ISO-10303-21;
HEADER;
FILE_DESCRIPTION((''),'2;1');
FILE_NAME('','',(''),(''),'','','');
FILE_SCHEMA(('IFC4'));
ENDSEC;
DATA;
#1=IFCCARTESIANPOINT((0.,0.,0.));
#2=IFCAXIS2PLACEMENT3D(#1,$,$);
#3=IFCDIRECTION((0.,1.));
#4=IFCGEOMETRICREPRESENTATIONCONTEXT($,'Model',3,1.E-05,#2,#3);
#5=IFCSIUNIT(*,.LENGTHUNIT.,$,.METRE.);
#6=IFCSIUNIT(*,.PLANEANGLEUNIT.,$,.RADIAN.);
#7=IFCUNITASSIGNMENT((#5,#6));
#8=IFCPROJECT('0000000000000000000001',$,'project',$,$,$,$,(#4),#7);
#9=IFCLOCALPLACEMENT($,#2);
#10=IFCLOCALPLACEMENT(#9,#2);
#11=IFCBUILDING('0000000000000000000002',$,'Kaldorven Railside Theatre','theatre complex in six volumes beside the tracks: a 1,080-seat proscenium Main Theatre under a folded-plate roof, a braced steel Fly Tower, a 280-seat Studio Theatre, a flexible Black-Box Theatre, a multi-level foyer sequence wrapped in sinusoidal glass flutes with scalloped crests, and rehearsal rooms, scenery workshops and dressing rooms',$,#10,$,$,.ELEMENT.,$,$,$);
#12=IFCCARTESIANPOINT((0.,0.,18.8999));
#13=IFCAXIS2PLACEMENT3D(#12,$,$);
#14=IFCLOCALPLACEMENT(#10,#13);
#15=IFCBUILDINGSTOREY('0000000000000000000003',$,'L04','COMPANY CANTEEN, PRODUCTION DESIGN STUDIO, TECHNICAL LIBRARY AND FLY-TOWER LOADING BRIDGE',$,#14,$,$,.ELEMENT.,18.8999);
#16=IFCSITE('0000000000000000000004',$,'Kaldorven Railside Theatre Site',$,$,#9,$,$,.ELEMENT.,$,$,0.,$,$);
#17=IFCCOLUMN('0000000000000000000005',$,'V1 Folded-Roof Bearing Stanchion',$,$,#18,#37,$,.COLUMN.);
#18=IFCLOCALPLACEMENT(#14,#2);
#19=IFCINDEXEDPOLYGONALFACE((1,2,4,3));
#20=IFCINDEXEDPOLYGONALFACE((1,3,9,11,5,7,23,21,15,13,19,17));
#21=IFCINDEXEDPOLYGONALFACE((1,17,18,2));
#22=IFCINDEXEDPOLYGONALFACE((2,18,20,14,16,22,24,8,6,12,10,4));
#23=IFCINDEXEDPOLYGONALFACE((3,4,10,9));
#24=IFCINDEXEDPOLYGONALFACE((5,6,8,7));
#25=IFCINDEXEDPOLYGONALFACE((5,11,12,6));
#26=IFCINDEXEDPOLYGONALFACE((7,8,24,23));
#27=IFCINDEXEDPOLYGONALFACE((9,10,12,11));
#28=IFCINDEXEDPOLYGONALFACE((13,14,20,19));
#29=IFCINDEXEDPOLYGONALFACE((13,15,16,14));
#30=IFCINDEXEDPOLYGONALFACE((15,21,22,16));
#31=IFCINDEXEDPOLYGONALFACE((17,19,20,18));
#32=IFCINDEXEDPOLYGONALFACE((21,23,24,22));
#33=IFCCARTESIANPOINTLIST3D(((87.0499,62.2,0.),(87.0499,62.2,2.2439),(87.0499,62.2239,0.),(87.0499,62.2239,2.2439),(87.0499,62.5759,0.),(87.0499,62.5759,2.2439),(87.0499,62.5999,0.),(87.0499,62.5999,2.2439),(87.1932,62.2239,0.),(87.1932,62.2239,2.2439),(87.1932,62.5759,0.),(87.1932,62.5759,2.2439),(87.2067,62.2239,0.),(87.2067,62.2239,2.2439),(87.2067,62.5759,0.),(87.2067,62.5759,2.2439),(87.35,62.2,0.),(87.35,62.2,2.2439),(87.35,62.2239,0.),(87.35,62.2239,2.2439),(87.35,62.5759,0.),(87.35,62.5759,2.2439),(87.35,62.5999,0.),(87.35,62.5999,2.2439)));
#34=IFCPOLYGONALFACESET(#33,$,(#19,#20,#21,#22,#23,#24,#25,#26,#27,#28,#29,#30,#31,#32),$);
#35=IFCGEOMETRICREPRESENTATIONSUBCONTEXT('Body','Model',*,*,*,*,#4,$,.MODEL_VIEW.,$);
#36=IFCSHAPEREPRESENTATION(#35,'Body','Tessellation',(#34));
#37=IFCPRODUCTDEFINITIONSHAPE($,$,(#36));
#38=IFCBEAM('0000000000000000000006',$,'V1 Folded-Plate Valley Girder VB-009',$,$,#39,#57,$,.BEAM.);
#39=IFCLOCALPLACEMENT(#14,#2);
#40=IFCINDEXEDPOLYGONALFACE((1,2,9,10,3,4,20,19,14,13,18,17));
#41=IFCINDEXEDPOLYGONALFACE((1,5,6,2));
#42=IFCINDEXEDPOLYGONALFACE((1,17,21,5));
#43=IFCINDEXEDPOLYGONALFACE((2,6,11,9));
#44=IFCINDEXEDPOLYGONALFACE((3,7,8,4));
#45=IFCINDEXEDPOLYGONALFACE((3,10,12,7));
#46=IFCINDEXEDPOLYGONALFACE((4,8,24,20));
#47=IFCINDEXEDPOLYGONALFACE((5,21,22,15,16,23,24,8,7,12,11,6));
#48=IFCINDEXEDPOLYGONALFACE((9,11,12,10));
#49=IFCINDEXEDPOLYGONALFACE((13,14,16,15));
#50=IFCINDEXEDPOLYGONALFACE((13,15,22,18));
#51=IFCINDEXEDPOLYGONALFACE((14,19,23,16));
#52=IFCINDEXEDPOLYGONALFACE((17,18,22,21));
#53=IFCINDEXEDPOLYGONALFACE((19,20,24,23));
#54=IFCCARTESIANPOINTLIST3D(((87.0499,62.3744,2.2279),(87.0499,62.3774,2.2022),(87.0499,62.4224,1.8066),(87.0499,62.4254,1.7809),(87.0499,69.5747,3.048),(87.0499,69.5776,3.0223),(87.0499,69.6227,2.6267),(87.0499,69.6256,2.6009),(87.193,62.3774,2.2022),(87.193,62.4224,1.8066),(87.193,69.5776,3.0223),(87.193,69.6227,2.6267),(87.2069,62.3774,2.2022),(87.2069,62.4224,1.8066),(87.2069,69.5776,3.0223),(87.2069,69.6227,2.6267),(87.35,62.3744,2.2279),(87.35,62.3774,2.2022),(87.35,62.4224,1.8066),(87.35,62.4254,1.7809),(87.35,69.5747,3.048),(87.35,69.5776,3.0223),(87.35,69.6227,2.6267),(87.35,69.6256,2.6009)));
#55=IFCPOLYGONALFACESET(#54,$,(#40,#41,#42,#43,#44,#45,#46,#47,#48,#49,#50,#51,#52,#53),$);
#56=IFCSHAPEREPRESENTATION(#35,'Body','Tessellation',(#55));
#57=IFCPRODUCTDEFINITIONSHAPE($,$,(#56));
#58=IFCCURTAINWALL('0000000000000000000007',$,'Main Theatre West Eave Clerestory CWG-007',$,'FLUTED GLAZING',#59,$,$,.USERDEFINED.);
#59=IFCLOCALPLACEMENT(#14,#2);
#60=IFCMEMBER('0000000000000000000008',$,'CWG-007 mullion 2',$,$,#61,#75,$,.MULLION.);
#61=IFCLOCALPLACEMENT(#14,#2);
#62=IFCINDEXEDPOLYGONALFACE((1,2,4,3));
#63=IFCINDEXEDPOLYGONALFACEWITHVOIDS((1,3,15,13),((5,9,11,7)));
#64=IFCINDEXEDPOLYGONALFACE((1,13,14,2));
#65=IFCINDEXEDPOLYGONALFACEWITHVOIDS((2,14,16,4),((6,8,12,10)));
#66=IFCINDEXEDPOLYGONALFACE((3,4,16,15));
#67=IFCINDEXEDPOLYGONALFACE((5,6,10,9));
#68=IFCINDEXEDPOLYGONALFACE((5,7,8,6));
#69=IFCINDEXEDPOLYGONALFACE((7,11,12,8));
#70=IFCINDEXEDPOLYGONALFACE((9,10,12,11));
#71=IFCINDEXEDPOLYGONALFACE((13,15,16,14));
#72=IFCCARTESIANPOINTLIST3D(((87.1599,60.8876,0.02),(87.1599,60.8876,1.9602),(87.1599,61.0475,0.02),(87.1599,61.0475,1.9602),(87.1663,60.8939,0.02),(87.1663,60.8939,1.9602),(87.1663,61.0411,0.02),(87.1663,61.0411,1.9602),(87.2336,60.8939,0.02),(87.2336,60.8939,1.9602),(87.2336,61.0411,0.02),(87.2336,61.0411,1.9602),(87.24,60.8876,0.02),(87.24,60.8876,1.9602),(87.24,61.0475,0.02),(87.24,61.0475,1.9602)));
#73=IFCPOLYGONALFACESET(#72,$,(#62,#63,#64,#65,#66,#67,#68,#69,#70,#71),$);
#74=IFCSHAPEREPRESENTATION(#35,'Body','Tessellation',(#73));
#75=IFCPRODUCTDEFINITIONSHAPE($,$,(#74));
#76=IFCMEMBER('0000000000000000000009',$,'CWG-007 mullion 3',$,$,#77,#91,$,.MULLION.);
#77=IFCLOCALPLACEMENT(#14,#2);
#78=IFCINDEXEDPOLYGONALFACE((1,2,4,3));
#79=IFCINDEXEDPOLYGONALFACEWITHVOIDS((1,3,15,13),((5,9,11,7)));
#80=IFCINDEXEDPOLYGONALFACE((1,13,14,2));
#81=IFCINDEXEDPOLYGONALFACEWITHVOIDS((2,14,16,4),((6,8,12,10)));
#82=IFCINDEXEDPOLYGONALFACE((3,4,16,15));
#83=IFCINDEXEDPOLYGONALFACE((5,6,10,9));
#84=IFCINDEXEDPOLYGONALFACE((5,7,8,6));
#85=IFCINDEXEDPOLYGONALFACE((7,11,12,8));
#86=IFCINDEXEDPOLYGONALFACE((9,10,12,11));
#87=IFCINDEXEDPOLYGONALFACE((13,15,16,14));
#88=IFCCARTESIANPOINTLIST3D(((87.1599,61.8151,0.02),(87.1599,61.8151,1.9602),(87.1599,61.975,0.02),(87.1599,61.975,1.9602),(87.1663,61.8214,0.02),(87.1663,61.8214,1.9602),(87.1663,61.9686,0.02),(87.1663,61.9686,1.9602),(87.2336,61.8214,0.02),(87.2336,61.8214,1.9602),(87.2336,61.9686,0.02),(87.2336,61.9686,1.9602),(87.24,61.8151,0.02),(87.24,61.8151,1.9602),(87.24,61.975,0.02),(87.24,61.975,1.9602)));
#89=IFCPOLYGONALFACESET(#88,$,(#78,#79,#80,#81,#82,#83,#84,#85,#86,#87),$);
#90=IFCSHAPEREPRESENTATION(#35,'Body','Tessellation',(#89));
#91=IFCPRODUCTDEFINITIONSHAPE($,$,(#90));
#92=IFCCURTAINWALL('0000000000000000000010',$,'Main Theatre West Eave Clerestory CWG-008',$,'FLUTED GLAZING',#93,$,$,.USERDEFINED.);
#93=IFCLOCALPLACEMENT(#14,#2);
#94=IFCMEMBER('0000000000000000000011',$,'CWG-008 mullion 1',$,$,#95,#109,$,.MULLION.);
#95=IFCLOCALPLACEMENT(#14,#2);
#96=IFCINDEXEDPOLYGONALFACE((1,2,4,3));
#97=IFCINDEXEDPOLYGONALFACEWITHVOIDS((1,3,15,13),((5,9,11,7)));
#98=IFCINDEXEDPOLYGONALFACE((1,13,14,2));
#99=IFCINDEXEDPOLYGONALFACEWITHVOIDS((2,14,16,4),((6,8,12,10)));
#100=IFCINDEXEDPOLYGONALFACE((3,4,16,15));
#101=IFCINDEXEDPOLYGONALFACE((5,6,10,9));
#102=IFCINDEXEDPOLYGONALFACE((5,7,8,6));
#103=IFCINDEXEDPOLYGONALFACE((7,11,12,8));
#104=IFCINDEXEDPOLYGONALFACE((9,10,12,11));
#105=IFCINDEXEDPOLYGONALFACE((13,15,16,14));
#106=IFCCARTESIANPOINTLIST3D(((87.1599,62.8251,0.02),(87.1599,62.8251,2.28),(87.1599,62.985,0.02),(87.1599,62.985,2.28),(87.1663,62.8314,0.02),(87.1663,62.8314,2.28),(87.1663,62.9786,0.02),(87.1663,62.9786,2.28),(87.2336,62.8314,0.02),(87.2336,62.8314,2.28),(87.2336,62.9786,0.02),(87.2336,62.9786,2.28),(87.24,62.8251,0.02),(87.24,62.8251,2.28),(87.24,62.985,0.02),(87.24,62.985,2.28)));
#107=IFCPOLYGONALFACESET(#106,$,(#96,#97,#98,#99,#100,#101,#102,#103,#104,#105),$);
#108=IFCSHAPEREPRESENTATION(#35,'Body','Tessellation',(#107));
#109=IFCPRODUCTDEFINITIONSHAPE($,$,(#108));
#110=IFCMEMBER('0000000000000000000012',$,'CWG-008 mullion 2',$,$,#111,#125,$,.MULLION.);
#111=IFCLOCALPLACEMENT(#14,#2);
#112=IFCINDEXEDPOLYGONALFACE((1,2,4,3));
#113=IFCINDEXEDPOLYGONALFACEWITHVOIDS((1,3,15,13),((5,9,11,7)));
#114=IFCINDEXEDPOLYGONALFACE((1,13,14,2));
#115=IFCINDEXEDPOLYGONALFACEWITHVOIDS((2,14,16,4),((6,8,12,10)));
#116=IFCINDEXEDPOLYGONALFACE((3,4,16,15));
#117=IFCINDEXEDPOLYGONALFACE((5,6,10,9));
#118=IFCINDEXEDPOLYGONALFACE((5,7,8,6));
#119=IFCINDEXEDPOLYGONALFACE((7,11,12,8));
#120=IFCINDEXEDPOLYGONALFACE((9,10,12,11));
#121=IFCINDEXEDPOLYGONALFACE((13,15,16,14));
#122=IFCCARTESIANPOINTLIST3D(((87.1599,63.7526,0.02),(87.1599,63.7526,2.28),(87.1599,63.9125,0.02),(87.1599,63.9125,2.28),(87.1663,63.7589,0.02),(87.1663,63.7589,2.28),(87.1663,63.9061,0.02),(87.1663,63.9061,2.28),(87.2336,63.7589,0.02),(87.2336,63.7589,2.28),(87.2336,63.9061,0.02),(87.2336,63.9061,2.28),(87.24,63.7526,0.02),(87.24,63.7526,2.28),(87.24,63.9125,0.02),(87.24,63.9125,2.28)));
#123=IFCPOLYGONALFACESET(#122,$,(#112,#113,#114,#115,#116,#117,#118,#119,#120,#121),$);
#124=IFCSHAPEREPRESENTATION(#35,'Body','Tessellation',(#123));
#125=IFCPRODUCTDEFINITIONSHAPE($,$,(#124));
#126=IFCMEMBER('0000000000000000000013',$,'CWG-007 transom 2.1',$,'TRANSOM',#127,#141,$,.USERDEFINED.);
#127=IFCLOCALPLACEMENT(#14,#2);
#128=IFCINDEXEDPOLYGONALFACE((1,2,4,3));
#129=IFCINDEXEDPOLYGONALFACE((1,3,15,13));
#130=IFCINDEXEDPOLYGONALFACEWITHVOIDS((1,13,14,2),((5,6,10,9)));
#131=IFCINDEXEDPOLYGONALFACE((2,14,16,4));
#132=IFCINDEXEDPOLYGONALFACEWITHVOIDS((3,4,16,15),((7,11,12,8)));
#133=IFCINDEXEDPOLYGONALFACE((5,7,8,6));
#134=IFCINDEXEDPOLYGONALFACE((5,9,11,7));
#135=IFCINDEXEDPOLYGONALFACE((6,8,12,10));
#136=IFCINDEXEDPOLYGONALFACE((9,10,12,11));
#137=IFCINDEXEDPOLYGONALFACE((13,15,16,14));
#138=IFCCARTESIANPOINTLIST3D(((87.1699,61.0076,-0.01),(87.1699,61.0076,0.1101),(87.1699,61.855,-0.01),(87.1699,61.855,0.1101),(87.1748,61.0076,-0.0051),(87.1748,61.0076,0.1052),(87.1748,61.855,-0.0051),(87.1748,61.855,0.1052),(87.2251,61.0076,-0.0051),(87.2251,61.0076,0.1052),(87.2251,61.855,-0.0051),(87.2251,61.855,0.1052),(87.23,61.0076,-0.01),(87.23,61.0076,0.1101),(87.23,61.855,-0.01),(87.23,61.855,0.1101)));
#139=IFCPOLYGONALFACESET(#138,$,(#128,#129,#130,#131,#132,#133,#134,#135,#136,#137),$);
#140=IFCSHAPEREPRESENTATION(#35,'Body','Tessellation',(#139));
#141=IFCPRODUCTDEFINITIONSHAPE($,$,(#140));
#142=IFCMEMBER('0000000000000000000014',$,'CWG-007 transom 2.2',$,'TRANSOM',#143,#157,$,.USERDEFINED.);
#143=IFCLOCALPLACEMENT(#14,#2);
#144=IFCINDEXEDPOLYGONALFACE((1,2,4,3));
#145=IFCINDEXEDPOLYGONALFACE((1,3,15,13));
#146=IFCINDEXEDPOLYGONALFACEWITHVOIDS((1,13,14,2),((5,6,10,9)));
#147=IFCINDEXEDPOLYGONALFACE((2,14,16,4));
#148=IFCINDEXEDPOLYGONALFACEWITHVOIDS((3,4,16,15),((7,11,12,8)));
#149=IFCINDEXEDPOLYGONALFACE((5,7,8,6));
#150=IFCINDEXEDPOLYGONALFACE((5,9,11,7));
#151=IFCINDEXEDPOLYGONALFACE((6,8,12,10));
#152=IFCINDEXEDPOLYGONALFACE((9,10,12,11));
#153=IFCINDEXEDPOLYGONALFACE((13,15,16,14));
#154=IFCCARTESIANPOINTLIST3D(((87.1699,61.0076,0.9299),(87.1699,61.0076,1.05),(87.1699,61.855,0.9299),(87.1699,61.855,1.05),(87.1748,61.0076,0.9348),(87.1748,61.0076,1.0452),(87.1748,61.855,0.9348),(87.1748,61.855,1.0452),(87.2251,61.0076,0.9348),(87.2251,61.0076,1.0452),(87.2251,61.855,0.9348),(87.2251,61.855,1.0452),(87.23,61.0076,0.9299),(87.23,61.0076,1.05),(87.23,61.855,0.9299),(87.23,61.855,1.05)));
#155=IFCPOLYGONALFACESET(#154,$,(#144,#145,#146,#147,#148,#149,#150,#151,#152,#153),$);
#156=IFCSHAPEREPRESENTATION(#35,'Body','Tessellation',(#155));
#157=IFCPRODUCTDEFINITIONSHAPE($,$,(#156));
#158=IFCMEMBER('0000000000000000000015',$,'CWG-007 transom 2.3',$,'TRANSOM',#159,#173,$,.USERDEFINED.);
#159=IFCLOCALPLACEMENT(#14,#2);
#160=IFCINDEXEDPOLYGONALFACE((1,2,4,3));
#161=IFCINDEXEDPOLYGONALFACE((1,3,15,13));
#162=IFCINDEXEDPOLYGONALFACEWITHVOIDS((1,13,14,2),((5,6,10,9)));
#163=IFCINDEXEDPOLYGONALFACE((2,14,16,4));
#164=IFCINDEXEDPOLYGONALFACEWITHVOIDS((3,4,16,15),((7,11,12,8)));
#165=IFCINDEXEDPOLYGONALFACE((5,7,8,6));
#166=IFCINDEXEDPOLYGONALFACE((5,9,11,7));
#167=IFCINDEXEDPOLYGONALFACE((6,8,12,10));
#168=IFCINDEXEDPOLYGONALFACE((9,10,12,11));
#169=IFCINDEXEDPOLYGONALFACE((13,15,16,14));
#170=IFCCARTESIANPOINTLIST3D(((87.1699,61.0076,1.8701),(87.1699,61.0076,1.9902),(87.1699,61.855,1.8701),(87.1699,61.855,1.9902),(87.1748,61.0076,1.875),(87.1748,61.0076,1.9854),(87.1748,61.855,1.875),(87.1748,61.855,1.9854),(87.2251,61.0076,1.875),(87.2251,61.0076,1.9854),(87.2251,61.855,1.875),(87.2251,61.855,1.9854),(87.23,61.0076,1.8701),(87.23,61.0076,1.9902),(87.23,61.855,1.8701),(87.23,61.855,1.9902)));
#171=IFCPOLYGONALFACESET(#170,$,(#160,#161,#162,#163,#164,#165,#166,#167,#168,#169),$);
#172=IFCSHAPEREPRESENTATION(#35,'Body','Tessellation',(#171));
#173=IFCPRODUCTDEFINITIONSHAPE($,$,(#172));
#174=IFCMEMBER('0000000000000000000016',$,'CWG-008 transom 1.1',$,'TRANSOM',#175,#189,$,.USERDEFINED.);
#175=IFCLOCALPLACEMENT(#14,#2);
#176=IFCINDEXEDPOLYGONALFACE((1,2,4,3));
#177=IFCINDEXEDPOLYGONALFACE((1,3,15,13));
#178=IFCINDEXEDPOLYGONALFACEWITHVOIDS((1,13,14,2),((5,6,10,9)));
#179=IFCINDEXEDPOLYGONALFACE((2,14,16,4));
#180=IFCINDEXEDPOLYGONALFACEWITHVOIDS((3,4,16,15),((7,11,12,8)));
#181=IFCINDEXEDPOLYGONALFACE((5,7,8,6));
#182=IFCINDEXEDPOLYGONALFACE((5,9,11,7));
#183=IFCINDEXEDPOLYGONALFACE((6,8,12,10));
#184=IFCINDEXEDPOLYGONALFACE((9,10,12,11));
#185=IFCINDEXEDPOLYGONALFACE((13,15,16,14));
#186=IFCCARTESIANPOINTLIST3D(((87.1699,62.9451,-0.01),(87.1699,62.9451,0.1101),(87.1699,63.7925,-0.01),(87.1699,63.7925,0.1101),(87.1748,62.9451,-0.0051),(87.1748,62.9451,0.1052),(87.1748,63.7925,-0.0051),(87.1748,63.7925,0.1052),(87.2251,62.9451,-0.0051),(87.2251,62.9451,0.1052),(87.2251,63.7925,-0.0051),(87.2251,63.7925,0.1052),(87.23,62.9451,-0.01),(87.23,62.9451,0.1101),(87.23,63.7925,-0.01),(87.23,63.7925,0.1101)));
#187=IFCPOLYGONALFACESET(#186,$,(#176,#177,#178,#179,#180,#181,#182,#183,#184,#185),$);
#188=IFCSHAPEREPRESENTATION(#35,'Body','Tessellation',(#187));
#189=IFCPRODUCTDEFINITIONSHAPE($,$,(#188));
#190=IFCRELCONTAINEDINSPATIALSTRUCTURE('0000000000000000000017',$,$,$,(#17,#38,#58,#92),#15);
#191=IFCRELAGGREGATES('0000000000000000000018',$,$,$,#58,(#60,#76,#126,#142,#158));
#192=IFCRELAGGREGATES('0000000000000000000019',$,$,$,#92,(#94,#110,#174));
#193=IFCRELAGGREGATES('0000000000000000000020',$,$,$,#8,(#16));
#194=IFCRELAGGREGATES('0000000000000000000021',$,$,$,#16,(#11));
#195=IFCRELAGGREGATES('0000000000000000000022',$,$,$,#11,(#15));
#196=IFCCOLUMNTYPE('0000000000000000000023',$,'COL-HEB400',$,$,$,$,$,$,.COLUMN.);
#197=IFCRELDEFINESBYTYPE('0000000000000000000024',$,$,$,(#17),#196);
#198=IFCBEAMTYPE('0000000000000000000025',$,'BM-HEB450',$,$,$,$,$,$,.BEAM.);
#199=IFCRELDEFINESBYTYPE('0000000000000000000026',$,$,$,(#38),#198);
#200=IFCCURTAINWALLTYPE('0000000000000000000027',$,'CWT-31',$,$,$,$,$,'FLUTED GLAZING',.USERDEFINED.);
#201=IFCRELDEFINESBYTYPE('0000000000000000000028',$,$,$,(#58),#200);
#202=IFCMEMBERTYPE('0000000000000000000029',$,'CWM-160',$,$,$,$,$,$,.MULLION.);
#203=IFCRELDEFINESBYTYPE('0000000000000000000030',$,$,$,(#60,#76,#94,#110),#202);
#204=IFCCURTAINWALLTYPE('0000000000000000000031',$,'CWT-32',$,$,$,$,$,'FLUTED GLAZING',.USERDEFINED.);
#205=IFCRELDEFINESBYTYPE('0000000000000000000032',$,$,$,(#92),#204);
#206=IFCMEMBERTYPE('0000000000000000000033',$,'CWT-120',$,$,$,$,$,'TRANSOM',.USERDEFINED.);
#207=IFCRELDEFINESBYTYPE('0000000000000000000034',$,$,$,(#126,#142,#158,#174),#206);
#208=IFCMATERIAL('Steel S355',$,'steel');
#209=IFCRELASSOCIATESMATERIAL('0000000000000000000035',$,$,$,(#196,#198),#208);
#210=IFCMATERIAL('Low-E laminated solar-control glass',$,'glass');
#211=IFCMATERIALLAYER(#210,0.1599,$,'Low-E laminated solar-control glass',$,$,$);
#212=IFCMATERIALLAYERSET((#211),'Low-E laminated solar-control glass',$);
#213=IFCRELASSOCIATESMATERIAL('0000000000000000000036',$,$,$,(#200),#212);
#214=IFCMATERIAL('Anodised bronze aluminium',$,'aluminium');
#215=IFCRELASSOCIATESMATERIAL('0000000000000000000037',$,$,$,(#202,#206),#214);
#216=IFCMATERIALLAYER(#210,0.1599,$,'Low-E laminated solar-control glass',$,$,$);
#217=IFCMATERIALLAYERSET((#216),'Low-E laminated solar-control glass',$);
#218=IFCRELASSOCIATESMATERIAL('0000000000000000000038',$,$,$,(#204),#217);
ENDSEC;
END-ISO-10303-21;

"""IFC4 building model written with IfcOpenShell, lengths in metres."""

from ifc_helpers import new_model, si_unit, direction, frame, origin, origin_2d, place, context, subcontext, project, spatial, hollow_rectangle, i_section, extrude, material, layer, layer_set, material_profile, profile_set, type_object, element, aggregate, save


model = new_model("IFC4")

# Units and contexts
model_context = context("Model", 3, precision=1e-05, world=origin(), true_north=direction((0.0, 1.0)))
body_context = subcontext(model_context, "Body", "Model", "MODEL_VIEW")
ifc_project = project(units=[si_unit("LENGTHUNIT", "METRE"), si_unit("PLANEANGLEUNIT", "RADIAN")], contexts=[model_context])

# Site, building, storey
site_placement = place(None, origin())
site = spatial("IfcSite", under=ifc_project, at=site_placement, Name="Kaldorven Railside Theatre Site", CompositionType="ELEMENT", RefElevation=0.0)
building_placement = place(site_placement, origin())
building = spatial("IfcBuilding", under=site, at=building_placement, Name="Kaldorven Railside Theatre", Description="theatre complex in six volumes beside the tracks: a 1,080-seat proscenium Main Theatre under a folded-plate roof, a braced steel Fly Tower, a 280-seat Studio Theatre, a flexible Black-Box Theatre, a multi-level foyer sequence wrapped in sinusoidal glass flutes with scalloped crests, and rehearsal rooms, scenery workshops and dressing rooms", CompositionType="ELEMENT")
storey_placement = place(building_placement, frame((0.0, 0.0, 18.8999)))
storey = spatial("IfcBuildingStorey", under=building, at=storey_placement, Name="L04", Description="COMPANY CANTEEN, PRODUCTION DESIGN STUDIO, TECHNICAL LIBRARY AND FLY-TOWER LOADING BRIDGE", CompositionType="ELEMENT", Elevation=18.8999)

# Column
ifc_material_1 = material(Name="Steel S355", Category="steel")
ifc_material_profile_1 = material_profile(ifc_material_1, i_section(OverallWidth=0.3, OverallDepth=0.3999, WebThickness=0.0134, FlangeThickness=0.0239, at=origin_2d()), Name="HEB 400")
ifc_profile_set_1 = profile_set([ifc_material_profile_1], Name="Steel S355")
column_type = type_object("IfcColumnType", Name="COL-HEB400", PredefinedType="COLUMN", material=ifc_profile_set_1)
column_placement = place(storey_placement, frame((87.2, 62.3999, 0.0), z_axis=(0.0, 0.0, 1.0), x_axis=(1.0, 0.0, 0.0)))
element("IfcColumn", 1, at=column_placement, inside=storey, type_object=column_type, Name="V1 Folded-Roof Bearing Stanchion", PredefinedType="COLUMN", context=body_context, shape_type="SweptSolid", body=[
    extrude(i_section(OverallWidth=0.3, OverallDepth=0.3999, WebThickness=0.0134, FlangeThickness=0.0239, at=origin_2d()), origin(), (0.0, 0.0, 1.0), 2.2439),
])

# Beam
ifc_material_profile_2 = material_profile(ifc_material_1, i_section(OverallWidth=0.3, OverallDepth=0.45, WebThickness=0.0139, FlangeThickness=0.0259, at=origin_2d()), Name="HEB 450")
ifc_profile_set_2 = profile_set([ifc_material_profile_2], Name="Steel S355")
beam_type = type_object("IfcBeamType", Name="BM-HEB450", PredefinedType="BEAM", material=ifc_profile_set_2)
beam_placement = place(storey_placement, frame((87.2, 62.3999, 2.0044), z_axis=(0.0, 0.993576, 0.113164), x_axis=(-1.0, 0.0, 0.0)))
element("IfcBeam", 2, at=beam_placement, inside=storey, type_object=beam_type, Name="V1 Folded-Plate Valley Girder VB-009", PredefinedType="BEAM", context=body_context, shape_type="SweptSolid", body=[
    extrude(i_section(OverallWidth=0.3, OverallDepth=0.45, WebThickness=0.0139, FlangeThickness=0.0259, at=origin_2d()), origin(), (0.0, 0.0, 1.0), 7.2468),
])

# Curtain walls, members
ifc_material_2 = material(Name="Low-E laminated solar-control glass", Category="glass")
ifc_layer_1 = layer(ifc_material_2, 0.1599, Name="Low-E laminated solar-control glass")
ifc_layer_set_1 = layer_set([ifc_layer_1], Name="Low-E laminated solar-control glass")
curtain_wall_type_1 = type_object("IfcCurtainWallType", Name="CWT-31", ElementType="FLUTED GLAZING", PredefinedType="USERDEFINED", material=ifc_layer_set_1)
curtain_wall_1_placement = place(storey_placement, origin())
curtain_wall_1 = element("IfcCurtainWall", 3, at=curtain_wall_1_placement, inside=storey, type_object=curtain_wall_type_1, Name="Main Theatre West Eave Clerestory CWG-007", ObjectType="FLUTED GLAZING", PredefinedType="USERDEFINED")
ifc_material_3 = material(Name="Anodised bronze aluminium", Category="aluminium")
ifc_material_profile_3 = material_profile(ifc_material_3, hollow_rectangle(XDim=0.0801, YDim=0.1599, WallThickness=0.0063, at=origin_2d()), Name="RHS 160x80x6.3")
ifc_profile_set_3 = profile_set([ifc_material_profile_3], Name="Anodised bronze aluminium")
member_type_1 = type_object("IfcMemberType", Name="CWM-160", PredefinedType="MULLION", material=ifc_profile_set_3)
member_1_placement = place(storey_placement, frame((87.2, 60.9675, 0.02), z_axis=(0.0, 0.0, 1.0), x_axis=(-1.0, 0.0, 0.0)))
member_1 = element("IfcMember", 4, at=member_1_placement, type_object=member_type_1, Name="CWG-007 mullion 2", PredefinedType="MULLION", context=body_context, shape_type="SweptSolid", body=[
    extrude(hollow_rectangle(XDim=0.0801, YDim=0.1599, WallThickness=0.0063, at=origin_2d()), origin(), (0.0, 0.0, 1.0), 1.9402),
])
member_2_placement = place(storey_placement, frame((87.2, 61.895, 0.02), z_axis=(0.0, 0.0, 1.0), x_axis=(-1.0, 0.0, 0.0)))
member_2 = element("IfcMember", 5, at=member_2_placement, type_object=member_type_1, Name="CWG-007 mullion 3", PredefinedType="MULLION", context=body_context, shape_type="SweptSolid", body=[
    extrude(hollow_rectangle(XDim=0.0801, YDim=0.1599, WallThickness=0.0063, at=origin_2d()), origin(), (0.0, 0.0, 1.0), 1.9402),
])
ifc_layer_2 = layer(ifc_material_2, 0.1599, Name="Low-E laminated solar-control glass")
ifc_layer_set_2 = layer_set([ifc_layer_2], Name="Low-E laminated solar-control glass")
curtain_wall_type_2 = type_object("IfcCurtainWallType", Name="CWT-32", ElementType="FLUTED GLAZING", PredefinedType="USERDEFINED", material=ifc_layer_set_2)
curtain_wall_2_placement = place(storey_placement, origin())
curtain_wall_2 = element("IfcCurtainWall", 6, at=curtain_wall_2_placement, inside=storey, type_object=curtain_wall_type_2, Name="Main Theatre West Eave Clerestory CWG-008", ObjectType="FLUTED GLAZING", PredefinedType="USERDEFINED")
member_3_placement = place(storey_placement, frame((87.2, 62.905, 0.02), z_axis=(0.0, 0.0, 1.0), x_axis=(-1.0, 0.0, 0.0)))
member_3 = element("IfcMember", 7, at=member_3_placement, type_object=member_type_1, Name="CWG-008 mullion 1", PredefinedType="MULLION", context=body_context, shape_type="SweptSolid", body=[
    extrude(hollow_rectangle(XDim=0.0801, YDim=0.1599, WallThickness=0.0063, at=origin_2d()), origin(), (0.0, 0.0, 1.0), 2.26),
])
member_4_placement = place(storey_placement, frame((87.2, 63.8325, 0.02), z_axis=(0.0, 0.0, 1.0), x_axis=(-1.0, 0.0, 0.0)))
member_4 = element("IfcMember", 8, at=member_4_placement, type_object=member_type_1, Name="CWG-008 mullion 2", PredefinedType="MULLION", context=body_context, shape_type="SweptSolid", body=[
    extrude(hollow_rectangle(XDim=0.0801, YDim=0.1599, WallThickness=0.0063, at=origin_2d()), origin(), (0.0, 0.0, 1.0), 2.26),
])

# Members
ifc_material_profile_4 = material_profile(ifc_material_3, hollow_rectangle(XDim=0.0601, YDim=0.1201, WallThickness=0.0049, at=origin_2d()), Name="RHS 120x60x5")
ifc_profile_set_4 = profile_set([ifc_material_profile_4], Name="Anodised bronze aluminium")
member_type_2 = type_object("IfcMemberType", Name="CWT-120", ElementType="TRANSOM", PredefinedType="USERDEFINED", material=ifc_profile_set_4)
member_5_placement = place(storey_placement, frame((87.2, 61.0076, 0.05), z_axis=(0.0, 1.0, 0.0), x_axis=(-1.0, 0.0, 0.0)))
member_5 = element("IfcMember", 9, at=member_5_placement, type_object=member_type_2, Name="CWG-007 transom 2.1", ObjectType="TRANSOM", PredefinedType="USERDEFINED", context=body_context, shape_type="SweptSolid", body=[
    extrude(hollow_rectangle(XDim=0.0601, YDim=0.1201, WallThickness=0.0049, at=origin_2d()), origin(), (0.0, 0.0, 1.0), 0.8474),
])
member_6_placement = place(storey_placement, frame((87.2, 61.0076, 0.99), z_axis=(0.0, 1.0, 0.0), x_axis=(-1.0, 0.0, 0.0)))
member_6 = element("IfcMember", 10, at=member_6_placement, type_object=member_type_2, Name="CWG-007 transom 2.2", ObjectType="TRANSOM", PredefinedType="USERDEFINED", context=body_context, shape_type="SweptSolid", body=[
    extrude(hollow_rectangle(XDim=0.0601, YDim=0.1201, WallThickness=0.0049, at=origin_2d()), origin(), (0.0, 0.0, 1.0), 0.8474),
])
member_7_placement = place(storey_placement, frame((87.2, 61.0076, 1.9302), z_axis=(0.0, 1.0, 0.0), x_axis=(-1.0, 0.0, 0.0)))
member_7 = element("IfcMember", 11, at=member_7_placement, type_object=member_type_2, Name="CWG-007 transom 2.3", ObjectType="TRANSOM", PredefinedType="USERDEFINED", context=body_context, shape_type="SweptSolid", body=[
    extrude(hollow_rectangle(XDim=0.0601, YDim=0.1201, WallThickness=0.0049, at=origin_2d()), origin(), (0.0, 0.0, 1.0), 0.8474),
])
member_8_placement = place(storey_placement, frame((87.2, 62.9451, 0.05), z_axis=(0.0, 1.0, 0.0), x_axis=(-1.0, 0.0, 0.0)))
member_8 = element("IfcMember", 12, at=member_8_placement, type_object=member_type_2, Name="CWG-008 transom 1.1", ObjectType="TRANSOM", PredefinedType="USERDEFINED", context=body_context, shape_type="SweptSolid", body=[
    extrude(hollow_rectangle(XDim=0.0601, YDim=0.1201, WallThickness=0.0049, at=origin_2d()), origin(), (0.0, 0.0, 1.0), 0.8474),
])

aggregate(curtain_wall_1, [member_1, member_2, member_5, member_6, member_7])
aggregate(curtain_wall_2, [member_3, member_4, member_8])

save(model, "model.ifc")
